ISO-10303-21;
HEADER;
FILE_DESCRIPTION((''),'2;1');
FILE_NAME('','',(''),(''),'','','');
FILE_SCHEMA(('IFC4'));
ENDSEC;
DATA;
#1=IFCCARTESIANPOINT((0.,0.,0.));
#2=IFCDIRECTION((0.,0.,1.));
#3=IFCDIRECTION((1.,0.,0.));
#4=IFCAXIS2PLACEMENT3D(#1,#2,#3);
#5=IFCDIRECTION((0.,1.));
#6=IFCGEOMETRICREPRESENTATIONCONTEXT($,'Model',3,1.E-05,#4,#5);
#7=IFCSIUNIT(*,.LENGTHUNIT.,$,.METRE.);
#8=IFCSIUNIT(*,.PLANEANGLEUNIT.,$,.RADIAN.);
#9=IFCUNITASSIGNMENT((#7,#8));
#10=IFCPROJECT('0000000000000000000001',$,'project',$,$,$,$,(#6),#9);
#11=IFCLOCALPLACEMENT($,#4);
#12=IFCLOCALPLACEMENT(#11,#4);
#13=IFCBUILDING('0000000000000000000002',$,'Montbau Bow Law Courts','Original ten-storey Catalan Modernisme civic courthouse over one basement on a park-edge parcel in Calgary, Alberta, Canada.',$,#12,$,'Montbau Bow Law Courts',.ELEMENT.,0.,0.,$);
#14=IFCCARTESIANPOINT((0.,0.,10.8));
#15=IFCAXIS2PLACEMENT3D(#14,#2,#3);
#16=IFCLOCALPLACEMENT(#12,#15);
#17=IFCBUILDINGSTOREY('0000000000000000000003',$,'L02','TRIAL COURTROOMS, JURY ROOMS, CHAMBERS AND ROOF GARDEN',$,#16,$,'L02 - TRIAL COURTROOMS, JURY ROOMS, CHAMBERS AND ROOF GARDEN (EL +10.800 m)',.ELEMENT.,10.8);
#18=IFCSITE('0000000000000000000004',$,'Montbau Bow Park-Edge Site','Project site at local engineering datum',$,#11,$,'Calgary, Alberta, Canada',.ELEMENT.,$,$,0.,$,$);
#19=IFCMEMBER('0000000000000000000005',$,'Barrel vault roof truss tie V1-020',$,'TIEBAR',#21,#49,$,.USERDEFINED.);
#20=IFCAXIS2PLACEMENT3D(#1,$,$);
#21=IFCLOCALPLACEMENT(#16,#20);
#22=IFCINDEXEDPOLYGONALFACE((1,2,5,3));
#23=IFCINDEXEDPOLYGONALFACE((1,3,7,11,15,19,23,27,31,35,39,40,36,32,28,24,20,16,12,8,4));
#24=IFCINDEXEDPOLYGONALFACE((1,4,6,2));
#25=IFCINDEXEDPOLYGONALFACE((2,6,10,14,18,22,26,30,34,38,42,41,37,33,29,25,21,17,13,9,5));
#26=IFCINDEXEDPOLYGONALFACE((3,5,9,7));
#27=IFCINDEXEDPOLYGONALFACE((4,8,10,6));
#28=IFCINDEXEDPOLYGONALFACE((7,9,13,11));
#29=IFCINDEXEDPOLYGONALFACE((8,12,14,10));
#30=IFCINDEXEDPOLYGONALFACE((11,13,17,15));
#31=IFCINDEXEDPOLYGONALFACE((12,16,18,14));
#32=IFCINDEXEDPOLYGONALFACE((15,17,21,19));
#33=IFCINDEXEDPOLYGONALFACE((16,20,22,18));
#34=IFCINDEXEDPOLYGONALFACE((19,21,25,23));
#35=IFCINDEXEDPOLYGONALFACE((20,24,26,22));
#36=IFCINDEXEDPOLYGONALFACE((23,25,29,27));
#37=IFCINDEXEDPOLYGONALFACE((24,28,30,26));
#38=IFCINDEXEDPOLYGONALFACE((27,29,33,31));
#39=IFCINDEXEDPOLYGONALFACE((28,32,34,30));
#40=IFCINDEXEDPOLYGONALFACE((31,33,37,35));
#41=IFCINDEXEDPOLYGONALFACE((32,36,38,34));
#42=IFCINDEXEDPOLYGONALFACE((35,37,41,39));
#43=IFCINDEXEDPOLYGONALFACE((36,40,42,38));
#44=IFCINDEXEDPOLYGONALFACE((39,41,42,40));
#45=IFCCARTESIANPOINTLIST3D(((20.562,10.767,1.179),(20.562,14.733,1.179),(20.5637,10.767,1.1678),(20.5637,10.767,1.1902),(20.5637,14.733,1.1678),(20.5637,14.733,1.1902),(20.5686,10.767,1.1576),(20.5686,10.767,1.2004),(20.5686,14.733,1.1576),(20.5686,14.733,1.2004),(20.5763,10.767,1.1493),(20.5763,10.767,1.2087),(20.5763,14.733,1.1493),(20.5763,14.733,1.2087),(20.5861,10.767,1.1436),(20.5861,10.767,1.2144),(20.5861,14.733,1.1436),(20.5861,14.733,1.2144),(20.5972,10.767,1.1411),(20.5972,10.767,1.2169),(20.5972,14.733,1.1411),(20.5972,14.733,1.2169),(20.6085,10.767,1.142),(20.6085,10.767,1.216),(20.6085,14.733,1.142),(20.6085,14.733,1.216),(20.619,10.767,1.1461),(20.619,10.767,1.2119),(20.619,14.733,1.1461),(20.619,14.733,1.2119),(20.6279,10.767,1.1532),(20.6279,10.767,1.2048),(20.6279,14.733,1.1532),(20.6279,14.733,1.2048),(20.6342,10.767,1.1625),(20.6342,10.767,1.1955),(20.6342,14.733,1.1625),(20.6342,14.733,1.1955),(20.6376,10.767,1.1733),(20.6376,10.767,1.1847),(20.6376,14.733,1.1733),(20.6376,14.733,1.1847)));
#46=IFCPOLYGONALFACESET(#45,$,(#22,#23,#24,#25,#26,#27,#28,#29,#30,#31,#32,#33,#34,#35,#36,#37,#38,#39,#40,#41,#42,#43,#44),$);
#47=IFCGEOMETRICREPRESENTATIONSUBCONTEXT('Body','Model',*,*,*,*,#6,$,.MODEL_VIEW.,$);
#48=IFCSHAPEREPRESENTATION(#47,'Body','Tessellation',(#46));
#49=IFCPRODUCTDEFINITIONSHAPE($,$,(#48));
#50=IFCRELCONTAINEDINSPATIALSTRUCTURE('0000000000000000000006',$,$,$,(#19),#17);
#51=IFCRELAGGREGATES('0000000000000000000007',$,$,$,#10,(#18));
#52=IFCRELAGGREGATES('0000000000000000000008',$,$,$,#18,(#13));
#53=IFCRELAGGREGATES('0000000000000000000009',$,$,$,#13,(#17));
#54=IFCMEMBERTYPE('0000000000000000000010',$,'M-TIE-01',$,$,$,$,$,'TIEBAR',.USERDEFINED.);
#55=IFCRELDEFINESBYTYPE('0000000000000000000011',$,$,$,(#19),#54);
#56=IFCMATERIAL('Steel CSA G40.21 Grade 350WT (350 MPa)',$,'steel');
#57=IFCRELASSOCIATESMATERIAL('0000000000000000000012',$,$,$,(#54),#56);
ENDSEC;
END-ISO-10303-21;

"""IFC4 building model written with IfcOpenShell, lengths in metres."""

from ifc_helpers import new_model, si_unit, direction, frame, origin_with_axes, origin_2d_with_axis, place, context, subcontext, project, spatial, circle, extrude, material, material_profile, profile_set, type_object, element, save


model = new_model("IFC4")

# Units and contexts
model_context = context("Model", 3, precision=1e-05, world=origin_with_axes(), true_north=direction((0.0, 1.0)))
body_context = subcontext(model_context, "Body", "Model", "MODEL_VIEW")
ifc_project = project(units=[si_unit("LENGTHUNIT", "METRE"), si_unit("PLANEANGLEUNIT", "RADIAN")], contexts=[model_context])

# Site, building, storey
site_placement = place(None, origin_with_axes())
site = spatial("IfcSite", under=ifc_project, at=site_placement, Name="Montbau Bow Park-Edge Site", Description="Project site at local engineering datum", LongName="Calgary, Alberta, Canada", CompositionType="ELEMENT", RefElevation=0.0)
building_placement = place(site_placement, origin_with_axes())
building = spatial("IfcBuilding", under=site, at=building_placement, Name="Montbau Bow Law Courts", Description="Original ten-storey Catalan Modernisme civic courthouse over one basement on a park-edge parcel in Calgary, Alberta, Canada.", LongName="Montbau Bow Law Courts", CompositionType="ELEMENT", ElevationOfRefHeight=0.0, ElevationOfTerrain=0.0)
storey_placement = place(building_placement, frame((0.0, 0.0, 10.8), z_axis=(0.0, 0.0, 1.0), x_axis=(1.0, 0.0, 0.0)))
storey = spatial("IfcBuildingStorey", under=building, at=storey_placement, Name="L02", Description="TRIAL COURTROOMS, JURY ROOMS, CHAMBERS AND ROOF GARDEN", LongName="L02 - TRIAL COURTROOMS, JURY ROOMS, CHAMBERS AND ROOF GARDEN (EL +10.800 m)", CompositionType="ELEMENT", Elevation=10.8)

# Member
ifc_material = material(Name="Steel CSA G40.21 Grade 350WT (350 MPa)", Category="steel")
ifc_material_profile_1 = material_profile(ifc_material, circle(Radius=0.038, at=origin_2d_with_axis()), Name="ROD76", Category="Main", Priority=0)
ifc_profile_set_1 = profile_set([ifc_material_profile_1], Name="Steel CSA G40.21 Grade 350WT (350 MPa)")
member_type_1 = type_object("IfcMemberType", Name="M-TIE-01", ElementType="TIEBAR", PredefinedType="USERDEFINED", material=ifc_profile_set_1)
member_1_placement = place(None, frame((20.6, 10.767, 11.979), z_axis=(0.0, 1.0, 0.0), x_axis=(-1.0, 0.0, 0.0)))
element("IfcMember", 1, at=member_1_placement, inside=storey, type_object=member_type_1, Name="Barrel vault roof truss tie V1-020", ObjectType="TIEBAR", PredefinedType="USERDEFINED", context=body_context, shape_type="SweptSolid", body=[
    extrude(circle(Radius=0.038, at=origin_2d_with_axis()), origin_with_axes(), (0.0, 0.0, 1.0), 3.966),
])

save(model, "model.ifc")
